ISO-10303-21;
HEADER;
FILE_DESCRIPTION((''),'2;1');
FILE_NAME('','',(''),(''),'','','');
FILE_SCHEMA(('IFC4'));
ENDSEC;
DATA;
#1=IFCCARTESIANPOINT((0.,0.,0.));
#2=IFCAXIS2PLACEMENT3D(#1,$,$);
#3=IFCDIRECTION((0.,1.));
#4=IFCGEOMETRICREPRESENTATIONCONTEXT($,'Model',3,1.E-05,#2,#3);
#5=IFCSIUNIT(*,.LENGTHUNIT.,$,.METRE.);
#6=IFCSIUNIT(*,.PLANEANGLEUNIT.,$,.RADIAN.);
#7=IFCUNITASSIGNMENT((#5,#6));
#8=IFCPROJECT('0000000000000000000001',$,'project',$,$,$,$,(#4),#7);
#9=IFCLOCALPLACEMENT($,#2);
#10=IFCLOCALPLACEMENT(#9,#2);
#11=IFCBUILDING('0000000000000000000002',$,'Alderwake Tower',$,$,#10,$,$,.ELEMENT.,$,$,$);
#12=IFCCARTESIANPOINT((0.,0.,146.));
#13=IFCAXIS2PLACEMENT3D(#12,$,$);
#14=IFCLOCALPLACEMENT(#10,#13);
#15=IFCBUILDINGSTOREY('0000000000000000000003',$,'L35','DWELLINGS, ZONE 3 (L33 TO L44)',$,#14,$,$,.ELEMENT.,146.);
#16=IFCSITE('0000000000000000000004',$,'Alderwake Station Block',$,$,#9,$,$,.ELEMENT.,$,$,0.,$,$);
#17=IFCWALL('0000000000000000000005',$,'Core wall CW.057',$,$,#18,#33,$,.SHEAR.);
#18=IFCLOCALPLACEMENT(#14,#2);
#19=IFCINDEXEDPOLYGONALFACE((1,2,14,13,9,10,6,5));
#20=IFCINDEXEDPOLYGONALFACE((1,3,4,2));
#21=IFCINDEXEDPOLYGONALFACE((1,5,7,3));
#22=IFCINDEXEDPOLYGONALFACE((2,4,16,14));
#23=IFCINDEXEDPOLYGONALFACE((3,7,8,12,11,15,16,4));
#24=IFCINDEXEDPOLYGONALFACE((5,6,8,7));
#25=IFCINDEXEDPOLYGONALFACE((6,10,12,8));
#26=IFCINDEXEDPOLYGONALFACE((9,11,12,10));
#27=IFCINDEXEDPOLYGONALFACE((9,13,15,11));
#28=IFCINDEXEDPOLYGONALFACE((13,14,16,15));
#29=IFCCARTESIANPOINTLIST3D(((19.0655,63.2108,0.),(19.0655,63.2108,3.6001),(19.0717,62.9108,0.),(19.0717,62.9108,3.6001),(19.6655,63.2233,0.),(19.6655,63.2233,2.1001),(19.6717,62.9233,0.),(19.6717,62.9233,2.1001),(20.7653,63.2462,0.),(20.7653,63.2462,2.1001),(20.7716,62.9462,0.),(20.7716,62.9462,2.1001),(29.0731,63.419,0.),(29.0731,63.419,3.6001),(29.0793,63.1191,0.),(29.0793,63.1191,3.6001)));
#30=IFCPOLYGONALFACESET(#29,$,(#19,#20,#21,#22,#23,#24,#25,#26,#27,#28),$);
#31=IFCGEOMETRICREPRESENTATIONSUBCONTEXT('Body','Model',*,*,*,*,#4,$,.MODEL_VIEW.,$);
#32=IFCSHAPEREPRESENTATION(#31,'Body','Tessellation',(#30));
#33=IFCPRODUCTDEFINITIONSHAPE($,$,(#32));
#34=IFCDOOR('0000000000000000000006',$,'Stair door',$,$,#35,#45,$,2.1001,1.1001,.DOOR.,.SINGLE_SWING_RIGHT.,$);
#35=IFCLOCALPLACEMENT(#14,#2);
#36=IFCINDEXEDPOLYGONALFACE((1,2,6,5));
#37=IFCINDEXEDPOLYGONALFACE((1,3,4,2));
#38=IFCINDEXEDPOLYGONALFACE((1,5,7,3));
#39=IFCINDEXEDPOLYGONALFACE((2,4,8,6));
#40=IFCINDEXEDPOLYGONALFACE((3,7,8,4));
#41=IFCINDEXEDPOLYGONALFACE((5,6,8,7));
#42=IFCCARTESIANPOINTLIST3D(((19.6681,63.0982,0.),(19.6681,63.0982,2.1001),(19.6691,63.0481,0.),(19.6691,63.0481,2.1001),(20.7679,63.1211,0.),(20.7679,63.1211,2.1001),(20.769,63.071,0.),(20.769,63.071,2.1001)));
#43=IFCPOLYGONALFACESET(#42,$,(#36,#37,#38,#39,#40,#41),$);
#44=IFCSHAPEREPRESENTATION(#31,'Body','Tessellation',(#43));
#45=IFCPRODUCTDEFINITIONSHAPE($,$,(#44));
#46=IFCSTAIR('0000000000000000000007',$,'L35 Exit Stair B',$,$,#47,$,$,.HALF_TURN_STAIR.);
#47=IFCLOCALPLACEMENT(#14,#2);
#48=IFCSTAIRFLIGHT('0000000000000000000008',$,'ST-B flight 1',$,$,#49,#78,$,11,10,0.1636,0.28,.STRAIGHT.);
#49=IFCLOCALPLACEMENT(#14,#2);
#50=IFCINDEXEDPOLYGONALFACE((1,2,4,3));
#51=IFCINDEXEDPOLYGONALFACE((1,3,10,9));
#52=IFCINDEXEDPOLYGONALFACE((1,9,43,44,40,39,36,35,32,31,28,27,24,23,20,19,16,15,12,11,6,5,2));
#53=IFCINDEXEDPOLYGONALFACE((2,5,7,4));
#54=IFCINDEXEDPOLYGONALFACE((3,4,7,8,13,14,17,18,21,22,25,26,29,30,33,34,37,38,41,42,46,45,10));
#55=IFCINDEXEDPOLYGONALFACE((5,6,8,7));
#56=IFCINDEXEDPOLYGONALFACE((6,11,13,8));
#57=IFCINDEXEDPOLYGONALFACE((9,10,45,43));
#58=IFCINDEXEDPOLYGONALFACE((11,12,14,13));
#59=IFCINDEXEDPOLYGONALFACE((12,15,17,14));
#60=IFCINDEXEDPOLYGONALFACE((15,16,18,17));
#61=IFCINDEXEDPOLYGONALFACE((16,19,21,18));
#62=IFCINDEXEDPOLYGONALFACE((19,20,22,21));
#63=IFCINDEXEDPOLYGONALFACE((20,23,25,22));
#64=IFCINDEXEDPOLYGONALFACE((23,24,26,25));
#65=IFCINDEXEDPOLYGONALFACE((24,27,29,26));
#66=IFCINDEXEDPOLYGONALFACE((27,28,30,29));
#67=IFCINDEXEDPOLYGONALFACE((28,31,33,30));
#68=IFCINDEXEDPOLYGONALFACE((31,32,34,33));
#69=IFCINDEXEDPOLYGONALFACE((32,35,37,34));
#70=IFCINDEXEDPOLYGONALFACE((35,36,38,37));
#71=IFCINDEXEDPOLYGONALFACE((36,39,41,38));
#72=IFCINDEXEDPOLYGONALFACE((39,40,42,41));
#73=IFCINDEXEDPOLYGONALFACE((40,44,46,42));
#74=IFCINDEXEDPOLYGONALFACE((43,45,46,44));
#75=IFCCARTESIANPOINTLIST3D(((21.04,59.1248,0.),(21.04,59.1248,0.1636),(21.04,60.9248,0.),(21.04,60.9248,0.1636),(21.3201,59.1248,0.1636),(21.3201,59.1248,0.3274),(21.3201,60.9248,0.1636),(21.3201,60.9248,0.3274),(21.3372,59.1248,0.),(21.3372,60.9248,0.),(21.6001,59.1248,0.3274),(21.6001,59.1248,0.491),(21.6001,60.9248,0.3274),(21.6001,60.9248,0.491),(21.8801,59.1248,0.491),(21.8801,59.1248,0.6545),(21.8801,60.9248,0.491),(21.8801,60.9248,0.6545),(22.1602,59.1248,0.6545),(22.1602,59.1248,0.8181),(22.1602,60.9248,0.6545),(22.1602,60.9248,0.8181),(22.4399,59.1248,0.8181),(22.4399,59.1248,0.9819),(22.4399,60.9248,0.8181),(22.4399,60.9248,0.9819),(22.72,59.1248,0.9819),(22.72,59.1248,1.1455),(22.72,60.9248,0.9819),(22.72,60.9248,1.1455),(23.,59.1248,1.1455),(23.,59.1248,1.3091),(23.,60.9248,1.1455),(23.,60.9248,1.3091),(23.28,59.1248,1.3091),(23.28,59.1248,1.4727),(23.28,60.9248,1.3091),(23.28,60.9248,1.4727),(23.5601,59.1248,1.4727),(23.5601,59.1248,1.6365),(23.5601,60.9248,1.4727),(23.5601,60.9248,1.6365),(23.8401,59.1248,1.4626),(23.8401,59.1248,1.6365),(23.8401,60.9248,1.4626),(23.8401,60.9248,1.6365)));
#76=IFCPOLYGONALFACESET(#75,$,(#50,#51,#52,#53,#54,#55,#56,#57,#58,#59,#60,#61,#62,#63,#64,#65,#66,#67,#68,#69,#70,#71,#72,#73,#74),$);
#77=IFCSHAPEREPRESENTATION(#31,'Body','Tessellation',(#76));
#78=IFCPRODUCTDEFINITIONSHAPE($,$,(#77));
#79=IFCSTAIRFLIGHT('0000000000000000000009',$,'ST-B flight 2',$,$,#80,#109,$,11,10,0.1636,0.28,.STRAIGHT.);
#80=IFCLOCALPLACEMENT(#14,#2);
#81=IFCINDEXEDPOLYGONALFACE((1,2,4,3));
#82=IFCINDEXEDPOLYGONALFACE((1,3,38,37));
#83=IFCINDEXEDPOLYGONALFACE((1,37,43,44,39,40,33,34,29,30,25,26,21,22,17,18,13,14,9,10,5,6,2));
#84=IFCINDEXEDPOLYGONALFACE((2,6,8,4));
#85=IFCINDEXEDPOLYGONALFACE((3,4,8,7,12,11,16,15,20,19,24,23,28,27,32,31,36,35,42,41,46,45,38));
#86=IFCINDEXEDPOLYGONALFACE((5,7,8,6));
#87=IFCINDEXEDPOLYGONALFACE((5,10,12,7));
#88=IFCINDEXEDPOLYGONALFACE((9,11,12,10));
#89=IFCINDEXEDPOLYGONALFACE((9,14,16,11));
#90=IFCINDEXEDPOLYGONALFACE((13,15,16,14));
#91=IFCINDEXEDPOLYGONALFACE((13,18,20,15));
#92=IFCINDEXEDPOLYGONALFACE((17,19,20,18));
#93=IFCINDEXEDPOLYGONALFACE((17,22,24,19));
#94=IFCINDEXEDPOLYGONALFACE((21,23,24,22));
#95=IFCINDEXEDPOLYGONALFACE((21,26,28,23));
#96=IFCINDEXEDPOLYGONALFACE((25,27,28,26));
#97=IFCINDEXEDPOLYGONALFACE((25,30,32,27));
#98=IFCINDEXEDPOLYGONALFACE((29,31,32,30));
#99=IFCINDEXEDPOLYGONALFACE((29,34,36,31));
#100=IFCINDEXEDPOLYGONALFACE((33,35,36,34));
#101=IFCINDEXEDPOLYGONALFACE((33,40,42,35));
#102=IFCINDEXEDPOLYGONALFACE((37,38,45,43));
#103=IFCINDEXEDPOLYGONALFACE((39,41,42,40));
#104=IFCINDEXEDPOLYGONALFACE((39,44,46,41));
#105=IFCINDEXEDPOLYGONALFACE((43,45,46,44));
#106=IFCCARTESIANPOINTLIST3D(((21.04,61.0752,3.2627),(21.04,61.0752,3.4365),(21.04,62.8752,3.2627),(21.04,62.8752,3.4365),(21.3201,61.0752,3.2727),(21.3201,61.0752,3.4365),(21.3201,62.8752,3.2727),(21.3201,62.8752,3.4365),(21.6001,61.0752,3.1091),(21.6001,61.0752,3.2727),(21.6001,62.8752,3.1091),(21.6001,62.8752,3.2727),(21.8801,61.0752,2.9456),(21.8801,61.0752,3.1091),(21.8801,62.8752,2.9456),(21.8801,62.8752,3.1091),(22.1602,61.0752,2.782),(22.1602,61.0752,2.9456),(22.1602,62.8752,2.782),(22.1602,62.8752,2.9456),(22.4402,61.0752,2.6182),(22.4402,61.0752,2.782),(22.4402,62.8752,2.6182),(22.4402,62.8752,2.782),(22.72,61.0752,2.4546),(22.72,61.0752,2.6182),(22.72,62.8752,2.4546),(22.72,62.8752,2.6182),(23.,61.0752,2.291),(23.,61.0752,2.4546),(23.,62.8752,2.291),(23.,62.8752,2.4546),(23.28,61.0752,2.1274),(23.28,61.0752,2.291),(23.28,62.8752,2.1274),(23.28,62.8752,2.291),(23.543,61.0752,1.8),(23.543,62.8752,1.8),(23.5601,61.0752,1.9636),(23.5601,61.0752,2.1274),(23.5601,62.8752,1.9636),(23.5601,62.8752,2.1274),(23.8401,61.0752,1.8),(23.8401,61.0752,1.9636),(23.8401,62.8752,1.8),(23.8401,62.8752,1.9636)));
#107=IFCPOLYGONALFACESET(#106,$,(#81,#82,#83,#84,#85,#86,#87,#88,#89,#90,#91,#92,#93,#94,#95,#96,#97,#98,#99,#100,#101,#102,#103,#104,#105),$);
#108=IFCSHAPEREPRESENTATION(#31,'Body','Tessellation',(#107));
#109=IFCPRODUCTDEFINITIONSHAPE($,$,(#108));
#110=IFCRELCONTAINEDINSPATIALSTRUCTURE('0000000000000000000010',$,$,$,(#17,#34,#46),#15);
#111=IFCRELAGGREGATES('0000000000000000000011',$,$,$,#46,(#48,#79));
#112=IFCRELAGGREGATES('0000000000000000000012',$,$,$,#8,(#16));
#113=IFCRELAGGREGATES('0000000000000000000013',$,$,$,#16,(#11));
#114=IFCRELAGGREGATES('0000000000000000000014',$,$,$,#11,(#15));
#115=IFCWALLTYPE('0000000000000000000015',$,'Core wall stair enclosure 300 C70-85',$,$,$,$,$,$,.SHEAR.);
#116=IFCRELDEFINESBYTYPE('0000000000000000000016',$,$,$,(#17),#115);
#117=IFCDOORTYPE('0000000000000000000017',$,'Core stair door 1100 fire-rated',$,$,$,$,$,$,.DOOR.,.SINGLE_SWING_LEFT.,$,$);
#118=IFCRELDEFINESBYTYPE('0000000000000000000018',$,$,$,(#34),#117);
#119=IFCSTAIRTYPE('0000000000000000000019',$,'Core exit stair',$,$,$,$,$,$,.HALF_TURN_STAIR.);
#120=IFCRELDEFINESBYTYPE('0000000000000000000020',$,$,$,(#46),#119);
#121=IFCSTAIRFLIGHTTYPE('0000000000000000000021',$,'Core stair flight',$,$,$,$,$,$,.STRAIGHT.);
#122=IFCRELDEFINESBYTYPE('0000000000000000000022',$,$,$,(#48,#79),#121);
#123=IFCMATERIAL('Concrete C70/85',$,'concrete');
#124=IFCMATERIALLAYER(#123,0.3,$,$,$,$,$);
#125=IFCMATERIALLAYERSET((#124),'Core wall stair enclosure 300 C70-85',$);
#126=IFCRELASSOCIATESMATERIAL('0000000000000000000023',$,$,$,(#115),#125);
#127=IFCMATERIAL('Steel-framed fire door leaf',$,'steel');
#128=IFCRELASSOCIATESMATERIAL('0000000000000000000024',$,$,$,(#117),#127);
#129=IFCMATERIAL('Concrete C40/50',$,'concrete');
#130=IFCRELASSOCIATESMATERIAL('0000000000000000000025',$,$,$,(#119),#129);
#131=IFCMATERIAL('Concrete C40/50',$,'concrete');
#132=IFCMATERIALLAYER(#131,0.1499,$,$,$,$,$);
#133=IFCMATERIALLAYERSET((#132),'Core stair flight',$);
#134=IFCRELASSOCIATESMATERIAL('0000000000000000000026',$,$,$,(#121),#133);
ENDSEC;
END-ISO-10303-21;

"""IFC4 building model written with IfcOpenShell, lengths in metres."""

from ifc_helpers import new_model, si_unit, direction, frame, frame_2d, origin, place, context, subcontext, project, spatial, polyline, rectangle, outline, extrude, material, layer, layer_set, type_object, element, fill, aggregate, save


model = new_model("IFC4")

# Units and contexts
model_context = context("Model", 3, precision=1e-05, world=origin(), true_north=direction((0.0, 1.0)))
body_context = subcontext(model_context, "Body", "Model", "MODEL_VIEW")
ifc_project = project(units=[si_unit("LENGTHUNIT", "METRE"), si_unit("PLANEANGLEUNIT", "RADIAN")], contexts=[model_context])

# Site, building, storey
site_placement = place(None, origin())
site = spatial("IfcSite", under=ifc_project, at=site_placement, Name="Alderwake Station Block", CompositionType="ELEMENT", RefElevation=0.0)
building_placement = place(site_placement, origin())
building = spatial("IfcBuilding", under=site, at=building_placement, Name="Alderwake Tower", CompositionType="ELEMENT")
storey_placement = place(building_placement, frame((0.0, 0.0, 146.0)))
storey = spatial("IfcBuildingStorey", under=building, at=storey_placement, Name="L35", Description="DWELLINGS, ZONE 3 (L33 TO L44)", CompositionType="ELEMENT", Elevation=146.0)

# Wall, opening, door
ifc_material_1 = material(Name="Concrete C70/85", Category="concrete")
ifc_layer_1 = layer(ifc_material_1, 0.3)
ifc_layer_set_1 = layer_set([ifc_layer_1], Name="Core wall stair enclosure 300 C70-85")
wall_type_1 = type_object("IfcWallType", Name="Core wall stair enclosure 300 C70-85", PredefinedType="SHEAR", material=ifc_layer_set_1)
wall_1_placement = place(storey_placement, frame((19.0686, 63.0608, 0.0), z_axis=(0.0, 0.0, 1.0), x_axis=(0.999784, 0.020805, 0.0)))
wall_1 = element("IfcWall", 1, at=wall_1_placement, inside=storey, type_object=wall_type_1, Name="Core wall CW.057", PredefinedType="SHEAR", context=body_context, shape_type="SweptSolid", body=[
    extrude(rectangle(XDim=10.0098, YDim=0.3, at=frame_2d((5.0049, 0.0))), origin(), (0.0, 0.0, 1.0), 3.6001),
])
opening_1_placement = place(wall_1_placement, frame((0.6001, 0.0, 0.0)))
opening_1 = element("IfcOpeningElement", 2, at=opening_1_placement, cuts=wall_1, PredefinedType="OPENING", context=body_context, shape_type="SweptSolid", body=[
    extrude(rectangle(XDim=1.1001, YDim=2.1001, at=frame_2d((0.55, 1.05))), frame((0.0, 0.1599, 0.0), z_axis=(0.0, -1.0, 0.0), x_axis=(1.0, 0.0, 0.0)), (0.0, 0.0, 1.0), 0.3201),
])
ifc_material_2 = material(Name="Steel-framed fire door leaf", Category="steel")
door_type_1 = type_object("IfcDoorType", Name="Core stair door 1100 fire-rated", OperationType="SINGLE_SWING_LEFT", PredefinedType="DOOR", material=ifc_material_2)
door_1_placement = place(opening_1_placement, origin())
door_1 = element("IfcDoor", 3, at=door_1_placement, inside=storey, type_object=door_type_1, Name="Stair door", OperationType="SINGLE_SWING_RIGHT", OverallHeight=2.1001, OverallWidth=1.1001, PredefinedType="DOOR", context=body_context, shape_type="SweptSolid", body=[
    extrude(rectangle(XDim=1.1001, YDim=2.1001, at=frame_2d((0.55, 1.05))), frame((0.0, 0.0249, 0.0), z_axis=(0.0, -1.0, 0.0), x_axis=(1.0, 0.0, 0.0)), (0.0, 0.0, 1.0), 0.05),
])
fill(opening_1, door_1)

# Stair, stair flights
ifc_material_3 = material(Name="Concrete C40/50", Category="concrete")
stair_type = type_object("IfcStairType", Name="Core exit stair", PredefinedType="HALF_TURN_STAIR", material=ifc_material_3)
stair_placement = place(storey_placement, origin())
stair = element("IfcStair", 4, at=stair_placement, inside=storey, type_object=stair_type, Name="L35 Exit Stair B", PredefinedType="HALF_TURN_STAIR")
ifc_material_4 = material(Name="Concrete C40/50", Category="concrete")
ifc_layer_2 = layer(ifc_material_4, 0.1499)
ifc_layer_set_2 = layer_set([ifc_layer_2], Name="Core stair flight")
stair_flight_type = type_object("IfcStairFlightType", Name="Core stair flight", PredefinedType="STRAIGHT", material=ifc_layer_set_2)
stair_flight_1_placement = place(storey_placement, frame((21.04, 60.0249, 0.0), z_axis=(0.0, 0.0, 1.0), x_axis=(1.0, 0.0, 0.0)))
stair_flight_1 = element("IfcStairFlight", 5, at=stair_flight_1_placement, type_object=stair_flight_type, Name="ST-B flight 1", NumberOfRisers=11, NumberOfTreads=10, PredefinedType="STRAIGHT", RiserHeight=0.1636, TreadLength=0.28, context=body_context, shape_type="SweptSolid", body=[
    extrude(outline(polyline([(0.0, 0.0), (0.0, 0.1636), (0.28, 0.1636), (0.28, 0.3274), (0.5601, 0.3274), (0.5601, 0.491), (0.8401, 0.491), (0.8401, 0.6545), (1.1201, 0.6545), (1.1201, 0.8181), (1.3999, 0.8181), (1.3999, 0.9819), (1.6799, 0.9819), (1.6799, 1.1455), (1.96, 1.1455), (1.96, 1.3091), (2.24, 1.3091), (2.24, 1.4727), (2.52, 1.4727), (2.52, 1.6365), (2.8, 1.6365), (2.8, 1.8), (2.8, 1.4626), (0.2971, 0.0), (0.0, 0.0)])), frame((0.0, 0.8999, 0.0), z_axis=(0.0, -1.0, 0.0), x_axis=(1.0, 0.0, 0.0)), (0.0, 0.0, 1.0), 1.8),
])
stair_flight_2_placement = place(storey_placement, frame((23.8401, 61.9751, 1.8), z_axis=(0.0, 0.0, 1.0), x_axis=(-1.0, 0.0, 0.0)))
stair_flight_2 = element("IfcStairFlight", 6, at=stair_flight_2_placement, type_object=stair_flight_type, Name="ST-B flight 2", NumberOfRisers=11, NumberOfTreads=10, PredefinedType="STRAIGHT", RiserHeight=0.1636, TreadLength=0.28, context=body_context, shape_type="SweptSolid", body=[
    extrude(outline(polyline([(0.0, 0.0), (0.0, 0.1636), (0.28, 0.1636), (0.28, 0.3274), (0.5601, 0.3274), (0.5601, 0.491), (0.8401, 0.491), (0.8401, 0.6545), (1.1201, 0.6545), (1.1201, 0.8181), (1.3999, 0.8181), (1.3999, 0.9819), (1.6799, 0.9819), (1.6799, 1.1455), (1.96, 1.1455), (1.96, 1.3091), (2.24, 1.3091), (2.24, 1.4727), (2.52, 1.4727), (2.52, 1.6365), (2.8, 1.6365), (2.8, 1.8), (2.8, 1.4626), (0.2971, 0.0), (0.0, 0.0)])), frame((0.0, 0.8999, 0.0), z_axis=(0.0, -1.0, 0.0), x_axis=(1.0, 0.0, 0.0)), (0.0, 0.0, 1.0), 1.8),
])
aggregate(stair, [stair_flight_1, stair_flight_2])

save(model, "model.ifc")
